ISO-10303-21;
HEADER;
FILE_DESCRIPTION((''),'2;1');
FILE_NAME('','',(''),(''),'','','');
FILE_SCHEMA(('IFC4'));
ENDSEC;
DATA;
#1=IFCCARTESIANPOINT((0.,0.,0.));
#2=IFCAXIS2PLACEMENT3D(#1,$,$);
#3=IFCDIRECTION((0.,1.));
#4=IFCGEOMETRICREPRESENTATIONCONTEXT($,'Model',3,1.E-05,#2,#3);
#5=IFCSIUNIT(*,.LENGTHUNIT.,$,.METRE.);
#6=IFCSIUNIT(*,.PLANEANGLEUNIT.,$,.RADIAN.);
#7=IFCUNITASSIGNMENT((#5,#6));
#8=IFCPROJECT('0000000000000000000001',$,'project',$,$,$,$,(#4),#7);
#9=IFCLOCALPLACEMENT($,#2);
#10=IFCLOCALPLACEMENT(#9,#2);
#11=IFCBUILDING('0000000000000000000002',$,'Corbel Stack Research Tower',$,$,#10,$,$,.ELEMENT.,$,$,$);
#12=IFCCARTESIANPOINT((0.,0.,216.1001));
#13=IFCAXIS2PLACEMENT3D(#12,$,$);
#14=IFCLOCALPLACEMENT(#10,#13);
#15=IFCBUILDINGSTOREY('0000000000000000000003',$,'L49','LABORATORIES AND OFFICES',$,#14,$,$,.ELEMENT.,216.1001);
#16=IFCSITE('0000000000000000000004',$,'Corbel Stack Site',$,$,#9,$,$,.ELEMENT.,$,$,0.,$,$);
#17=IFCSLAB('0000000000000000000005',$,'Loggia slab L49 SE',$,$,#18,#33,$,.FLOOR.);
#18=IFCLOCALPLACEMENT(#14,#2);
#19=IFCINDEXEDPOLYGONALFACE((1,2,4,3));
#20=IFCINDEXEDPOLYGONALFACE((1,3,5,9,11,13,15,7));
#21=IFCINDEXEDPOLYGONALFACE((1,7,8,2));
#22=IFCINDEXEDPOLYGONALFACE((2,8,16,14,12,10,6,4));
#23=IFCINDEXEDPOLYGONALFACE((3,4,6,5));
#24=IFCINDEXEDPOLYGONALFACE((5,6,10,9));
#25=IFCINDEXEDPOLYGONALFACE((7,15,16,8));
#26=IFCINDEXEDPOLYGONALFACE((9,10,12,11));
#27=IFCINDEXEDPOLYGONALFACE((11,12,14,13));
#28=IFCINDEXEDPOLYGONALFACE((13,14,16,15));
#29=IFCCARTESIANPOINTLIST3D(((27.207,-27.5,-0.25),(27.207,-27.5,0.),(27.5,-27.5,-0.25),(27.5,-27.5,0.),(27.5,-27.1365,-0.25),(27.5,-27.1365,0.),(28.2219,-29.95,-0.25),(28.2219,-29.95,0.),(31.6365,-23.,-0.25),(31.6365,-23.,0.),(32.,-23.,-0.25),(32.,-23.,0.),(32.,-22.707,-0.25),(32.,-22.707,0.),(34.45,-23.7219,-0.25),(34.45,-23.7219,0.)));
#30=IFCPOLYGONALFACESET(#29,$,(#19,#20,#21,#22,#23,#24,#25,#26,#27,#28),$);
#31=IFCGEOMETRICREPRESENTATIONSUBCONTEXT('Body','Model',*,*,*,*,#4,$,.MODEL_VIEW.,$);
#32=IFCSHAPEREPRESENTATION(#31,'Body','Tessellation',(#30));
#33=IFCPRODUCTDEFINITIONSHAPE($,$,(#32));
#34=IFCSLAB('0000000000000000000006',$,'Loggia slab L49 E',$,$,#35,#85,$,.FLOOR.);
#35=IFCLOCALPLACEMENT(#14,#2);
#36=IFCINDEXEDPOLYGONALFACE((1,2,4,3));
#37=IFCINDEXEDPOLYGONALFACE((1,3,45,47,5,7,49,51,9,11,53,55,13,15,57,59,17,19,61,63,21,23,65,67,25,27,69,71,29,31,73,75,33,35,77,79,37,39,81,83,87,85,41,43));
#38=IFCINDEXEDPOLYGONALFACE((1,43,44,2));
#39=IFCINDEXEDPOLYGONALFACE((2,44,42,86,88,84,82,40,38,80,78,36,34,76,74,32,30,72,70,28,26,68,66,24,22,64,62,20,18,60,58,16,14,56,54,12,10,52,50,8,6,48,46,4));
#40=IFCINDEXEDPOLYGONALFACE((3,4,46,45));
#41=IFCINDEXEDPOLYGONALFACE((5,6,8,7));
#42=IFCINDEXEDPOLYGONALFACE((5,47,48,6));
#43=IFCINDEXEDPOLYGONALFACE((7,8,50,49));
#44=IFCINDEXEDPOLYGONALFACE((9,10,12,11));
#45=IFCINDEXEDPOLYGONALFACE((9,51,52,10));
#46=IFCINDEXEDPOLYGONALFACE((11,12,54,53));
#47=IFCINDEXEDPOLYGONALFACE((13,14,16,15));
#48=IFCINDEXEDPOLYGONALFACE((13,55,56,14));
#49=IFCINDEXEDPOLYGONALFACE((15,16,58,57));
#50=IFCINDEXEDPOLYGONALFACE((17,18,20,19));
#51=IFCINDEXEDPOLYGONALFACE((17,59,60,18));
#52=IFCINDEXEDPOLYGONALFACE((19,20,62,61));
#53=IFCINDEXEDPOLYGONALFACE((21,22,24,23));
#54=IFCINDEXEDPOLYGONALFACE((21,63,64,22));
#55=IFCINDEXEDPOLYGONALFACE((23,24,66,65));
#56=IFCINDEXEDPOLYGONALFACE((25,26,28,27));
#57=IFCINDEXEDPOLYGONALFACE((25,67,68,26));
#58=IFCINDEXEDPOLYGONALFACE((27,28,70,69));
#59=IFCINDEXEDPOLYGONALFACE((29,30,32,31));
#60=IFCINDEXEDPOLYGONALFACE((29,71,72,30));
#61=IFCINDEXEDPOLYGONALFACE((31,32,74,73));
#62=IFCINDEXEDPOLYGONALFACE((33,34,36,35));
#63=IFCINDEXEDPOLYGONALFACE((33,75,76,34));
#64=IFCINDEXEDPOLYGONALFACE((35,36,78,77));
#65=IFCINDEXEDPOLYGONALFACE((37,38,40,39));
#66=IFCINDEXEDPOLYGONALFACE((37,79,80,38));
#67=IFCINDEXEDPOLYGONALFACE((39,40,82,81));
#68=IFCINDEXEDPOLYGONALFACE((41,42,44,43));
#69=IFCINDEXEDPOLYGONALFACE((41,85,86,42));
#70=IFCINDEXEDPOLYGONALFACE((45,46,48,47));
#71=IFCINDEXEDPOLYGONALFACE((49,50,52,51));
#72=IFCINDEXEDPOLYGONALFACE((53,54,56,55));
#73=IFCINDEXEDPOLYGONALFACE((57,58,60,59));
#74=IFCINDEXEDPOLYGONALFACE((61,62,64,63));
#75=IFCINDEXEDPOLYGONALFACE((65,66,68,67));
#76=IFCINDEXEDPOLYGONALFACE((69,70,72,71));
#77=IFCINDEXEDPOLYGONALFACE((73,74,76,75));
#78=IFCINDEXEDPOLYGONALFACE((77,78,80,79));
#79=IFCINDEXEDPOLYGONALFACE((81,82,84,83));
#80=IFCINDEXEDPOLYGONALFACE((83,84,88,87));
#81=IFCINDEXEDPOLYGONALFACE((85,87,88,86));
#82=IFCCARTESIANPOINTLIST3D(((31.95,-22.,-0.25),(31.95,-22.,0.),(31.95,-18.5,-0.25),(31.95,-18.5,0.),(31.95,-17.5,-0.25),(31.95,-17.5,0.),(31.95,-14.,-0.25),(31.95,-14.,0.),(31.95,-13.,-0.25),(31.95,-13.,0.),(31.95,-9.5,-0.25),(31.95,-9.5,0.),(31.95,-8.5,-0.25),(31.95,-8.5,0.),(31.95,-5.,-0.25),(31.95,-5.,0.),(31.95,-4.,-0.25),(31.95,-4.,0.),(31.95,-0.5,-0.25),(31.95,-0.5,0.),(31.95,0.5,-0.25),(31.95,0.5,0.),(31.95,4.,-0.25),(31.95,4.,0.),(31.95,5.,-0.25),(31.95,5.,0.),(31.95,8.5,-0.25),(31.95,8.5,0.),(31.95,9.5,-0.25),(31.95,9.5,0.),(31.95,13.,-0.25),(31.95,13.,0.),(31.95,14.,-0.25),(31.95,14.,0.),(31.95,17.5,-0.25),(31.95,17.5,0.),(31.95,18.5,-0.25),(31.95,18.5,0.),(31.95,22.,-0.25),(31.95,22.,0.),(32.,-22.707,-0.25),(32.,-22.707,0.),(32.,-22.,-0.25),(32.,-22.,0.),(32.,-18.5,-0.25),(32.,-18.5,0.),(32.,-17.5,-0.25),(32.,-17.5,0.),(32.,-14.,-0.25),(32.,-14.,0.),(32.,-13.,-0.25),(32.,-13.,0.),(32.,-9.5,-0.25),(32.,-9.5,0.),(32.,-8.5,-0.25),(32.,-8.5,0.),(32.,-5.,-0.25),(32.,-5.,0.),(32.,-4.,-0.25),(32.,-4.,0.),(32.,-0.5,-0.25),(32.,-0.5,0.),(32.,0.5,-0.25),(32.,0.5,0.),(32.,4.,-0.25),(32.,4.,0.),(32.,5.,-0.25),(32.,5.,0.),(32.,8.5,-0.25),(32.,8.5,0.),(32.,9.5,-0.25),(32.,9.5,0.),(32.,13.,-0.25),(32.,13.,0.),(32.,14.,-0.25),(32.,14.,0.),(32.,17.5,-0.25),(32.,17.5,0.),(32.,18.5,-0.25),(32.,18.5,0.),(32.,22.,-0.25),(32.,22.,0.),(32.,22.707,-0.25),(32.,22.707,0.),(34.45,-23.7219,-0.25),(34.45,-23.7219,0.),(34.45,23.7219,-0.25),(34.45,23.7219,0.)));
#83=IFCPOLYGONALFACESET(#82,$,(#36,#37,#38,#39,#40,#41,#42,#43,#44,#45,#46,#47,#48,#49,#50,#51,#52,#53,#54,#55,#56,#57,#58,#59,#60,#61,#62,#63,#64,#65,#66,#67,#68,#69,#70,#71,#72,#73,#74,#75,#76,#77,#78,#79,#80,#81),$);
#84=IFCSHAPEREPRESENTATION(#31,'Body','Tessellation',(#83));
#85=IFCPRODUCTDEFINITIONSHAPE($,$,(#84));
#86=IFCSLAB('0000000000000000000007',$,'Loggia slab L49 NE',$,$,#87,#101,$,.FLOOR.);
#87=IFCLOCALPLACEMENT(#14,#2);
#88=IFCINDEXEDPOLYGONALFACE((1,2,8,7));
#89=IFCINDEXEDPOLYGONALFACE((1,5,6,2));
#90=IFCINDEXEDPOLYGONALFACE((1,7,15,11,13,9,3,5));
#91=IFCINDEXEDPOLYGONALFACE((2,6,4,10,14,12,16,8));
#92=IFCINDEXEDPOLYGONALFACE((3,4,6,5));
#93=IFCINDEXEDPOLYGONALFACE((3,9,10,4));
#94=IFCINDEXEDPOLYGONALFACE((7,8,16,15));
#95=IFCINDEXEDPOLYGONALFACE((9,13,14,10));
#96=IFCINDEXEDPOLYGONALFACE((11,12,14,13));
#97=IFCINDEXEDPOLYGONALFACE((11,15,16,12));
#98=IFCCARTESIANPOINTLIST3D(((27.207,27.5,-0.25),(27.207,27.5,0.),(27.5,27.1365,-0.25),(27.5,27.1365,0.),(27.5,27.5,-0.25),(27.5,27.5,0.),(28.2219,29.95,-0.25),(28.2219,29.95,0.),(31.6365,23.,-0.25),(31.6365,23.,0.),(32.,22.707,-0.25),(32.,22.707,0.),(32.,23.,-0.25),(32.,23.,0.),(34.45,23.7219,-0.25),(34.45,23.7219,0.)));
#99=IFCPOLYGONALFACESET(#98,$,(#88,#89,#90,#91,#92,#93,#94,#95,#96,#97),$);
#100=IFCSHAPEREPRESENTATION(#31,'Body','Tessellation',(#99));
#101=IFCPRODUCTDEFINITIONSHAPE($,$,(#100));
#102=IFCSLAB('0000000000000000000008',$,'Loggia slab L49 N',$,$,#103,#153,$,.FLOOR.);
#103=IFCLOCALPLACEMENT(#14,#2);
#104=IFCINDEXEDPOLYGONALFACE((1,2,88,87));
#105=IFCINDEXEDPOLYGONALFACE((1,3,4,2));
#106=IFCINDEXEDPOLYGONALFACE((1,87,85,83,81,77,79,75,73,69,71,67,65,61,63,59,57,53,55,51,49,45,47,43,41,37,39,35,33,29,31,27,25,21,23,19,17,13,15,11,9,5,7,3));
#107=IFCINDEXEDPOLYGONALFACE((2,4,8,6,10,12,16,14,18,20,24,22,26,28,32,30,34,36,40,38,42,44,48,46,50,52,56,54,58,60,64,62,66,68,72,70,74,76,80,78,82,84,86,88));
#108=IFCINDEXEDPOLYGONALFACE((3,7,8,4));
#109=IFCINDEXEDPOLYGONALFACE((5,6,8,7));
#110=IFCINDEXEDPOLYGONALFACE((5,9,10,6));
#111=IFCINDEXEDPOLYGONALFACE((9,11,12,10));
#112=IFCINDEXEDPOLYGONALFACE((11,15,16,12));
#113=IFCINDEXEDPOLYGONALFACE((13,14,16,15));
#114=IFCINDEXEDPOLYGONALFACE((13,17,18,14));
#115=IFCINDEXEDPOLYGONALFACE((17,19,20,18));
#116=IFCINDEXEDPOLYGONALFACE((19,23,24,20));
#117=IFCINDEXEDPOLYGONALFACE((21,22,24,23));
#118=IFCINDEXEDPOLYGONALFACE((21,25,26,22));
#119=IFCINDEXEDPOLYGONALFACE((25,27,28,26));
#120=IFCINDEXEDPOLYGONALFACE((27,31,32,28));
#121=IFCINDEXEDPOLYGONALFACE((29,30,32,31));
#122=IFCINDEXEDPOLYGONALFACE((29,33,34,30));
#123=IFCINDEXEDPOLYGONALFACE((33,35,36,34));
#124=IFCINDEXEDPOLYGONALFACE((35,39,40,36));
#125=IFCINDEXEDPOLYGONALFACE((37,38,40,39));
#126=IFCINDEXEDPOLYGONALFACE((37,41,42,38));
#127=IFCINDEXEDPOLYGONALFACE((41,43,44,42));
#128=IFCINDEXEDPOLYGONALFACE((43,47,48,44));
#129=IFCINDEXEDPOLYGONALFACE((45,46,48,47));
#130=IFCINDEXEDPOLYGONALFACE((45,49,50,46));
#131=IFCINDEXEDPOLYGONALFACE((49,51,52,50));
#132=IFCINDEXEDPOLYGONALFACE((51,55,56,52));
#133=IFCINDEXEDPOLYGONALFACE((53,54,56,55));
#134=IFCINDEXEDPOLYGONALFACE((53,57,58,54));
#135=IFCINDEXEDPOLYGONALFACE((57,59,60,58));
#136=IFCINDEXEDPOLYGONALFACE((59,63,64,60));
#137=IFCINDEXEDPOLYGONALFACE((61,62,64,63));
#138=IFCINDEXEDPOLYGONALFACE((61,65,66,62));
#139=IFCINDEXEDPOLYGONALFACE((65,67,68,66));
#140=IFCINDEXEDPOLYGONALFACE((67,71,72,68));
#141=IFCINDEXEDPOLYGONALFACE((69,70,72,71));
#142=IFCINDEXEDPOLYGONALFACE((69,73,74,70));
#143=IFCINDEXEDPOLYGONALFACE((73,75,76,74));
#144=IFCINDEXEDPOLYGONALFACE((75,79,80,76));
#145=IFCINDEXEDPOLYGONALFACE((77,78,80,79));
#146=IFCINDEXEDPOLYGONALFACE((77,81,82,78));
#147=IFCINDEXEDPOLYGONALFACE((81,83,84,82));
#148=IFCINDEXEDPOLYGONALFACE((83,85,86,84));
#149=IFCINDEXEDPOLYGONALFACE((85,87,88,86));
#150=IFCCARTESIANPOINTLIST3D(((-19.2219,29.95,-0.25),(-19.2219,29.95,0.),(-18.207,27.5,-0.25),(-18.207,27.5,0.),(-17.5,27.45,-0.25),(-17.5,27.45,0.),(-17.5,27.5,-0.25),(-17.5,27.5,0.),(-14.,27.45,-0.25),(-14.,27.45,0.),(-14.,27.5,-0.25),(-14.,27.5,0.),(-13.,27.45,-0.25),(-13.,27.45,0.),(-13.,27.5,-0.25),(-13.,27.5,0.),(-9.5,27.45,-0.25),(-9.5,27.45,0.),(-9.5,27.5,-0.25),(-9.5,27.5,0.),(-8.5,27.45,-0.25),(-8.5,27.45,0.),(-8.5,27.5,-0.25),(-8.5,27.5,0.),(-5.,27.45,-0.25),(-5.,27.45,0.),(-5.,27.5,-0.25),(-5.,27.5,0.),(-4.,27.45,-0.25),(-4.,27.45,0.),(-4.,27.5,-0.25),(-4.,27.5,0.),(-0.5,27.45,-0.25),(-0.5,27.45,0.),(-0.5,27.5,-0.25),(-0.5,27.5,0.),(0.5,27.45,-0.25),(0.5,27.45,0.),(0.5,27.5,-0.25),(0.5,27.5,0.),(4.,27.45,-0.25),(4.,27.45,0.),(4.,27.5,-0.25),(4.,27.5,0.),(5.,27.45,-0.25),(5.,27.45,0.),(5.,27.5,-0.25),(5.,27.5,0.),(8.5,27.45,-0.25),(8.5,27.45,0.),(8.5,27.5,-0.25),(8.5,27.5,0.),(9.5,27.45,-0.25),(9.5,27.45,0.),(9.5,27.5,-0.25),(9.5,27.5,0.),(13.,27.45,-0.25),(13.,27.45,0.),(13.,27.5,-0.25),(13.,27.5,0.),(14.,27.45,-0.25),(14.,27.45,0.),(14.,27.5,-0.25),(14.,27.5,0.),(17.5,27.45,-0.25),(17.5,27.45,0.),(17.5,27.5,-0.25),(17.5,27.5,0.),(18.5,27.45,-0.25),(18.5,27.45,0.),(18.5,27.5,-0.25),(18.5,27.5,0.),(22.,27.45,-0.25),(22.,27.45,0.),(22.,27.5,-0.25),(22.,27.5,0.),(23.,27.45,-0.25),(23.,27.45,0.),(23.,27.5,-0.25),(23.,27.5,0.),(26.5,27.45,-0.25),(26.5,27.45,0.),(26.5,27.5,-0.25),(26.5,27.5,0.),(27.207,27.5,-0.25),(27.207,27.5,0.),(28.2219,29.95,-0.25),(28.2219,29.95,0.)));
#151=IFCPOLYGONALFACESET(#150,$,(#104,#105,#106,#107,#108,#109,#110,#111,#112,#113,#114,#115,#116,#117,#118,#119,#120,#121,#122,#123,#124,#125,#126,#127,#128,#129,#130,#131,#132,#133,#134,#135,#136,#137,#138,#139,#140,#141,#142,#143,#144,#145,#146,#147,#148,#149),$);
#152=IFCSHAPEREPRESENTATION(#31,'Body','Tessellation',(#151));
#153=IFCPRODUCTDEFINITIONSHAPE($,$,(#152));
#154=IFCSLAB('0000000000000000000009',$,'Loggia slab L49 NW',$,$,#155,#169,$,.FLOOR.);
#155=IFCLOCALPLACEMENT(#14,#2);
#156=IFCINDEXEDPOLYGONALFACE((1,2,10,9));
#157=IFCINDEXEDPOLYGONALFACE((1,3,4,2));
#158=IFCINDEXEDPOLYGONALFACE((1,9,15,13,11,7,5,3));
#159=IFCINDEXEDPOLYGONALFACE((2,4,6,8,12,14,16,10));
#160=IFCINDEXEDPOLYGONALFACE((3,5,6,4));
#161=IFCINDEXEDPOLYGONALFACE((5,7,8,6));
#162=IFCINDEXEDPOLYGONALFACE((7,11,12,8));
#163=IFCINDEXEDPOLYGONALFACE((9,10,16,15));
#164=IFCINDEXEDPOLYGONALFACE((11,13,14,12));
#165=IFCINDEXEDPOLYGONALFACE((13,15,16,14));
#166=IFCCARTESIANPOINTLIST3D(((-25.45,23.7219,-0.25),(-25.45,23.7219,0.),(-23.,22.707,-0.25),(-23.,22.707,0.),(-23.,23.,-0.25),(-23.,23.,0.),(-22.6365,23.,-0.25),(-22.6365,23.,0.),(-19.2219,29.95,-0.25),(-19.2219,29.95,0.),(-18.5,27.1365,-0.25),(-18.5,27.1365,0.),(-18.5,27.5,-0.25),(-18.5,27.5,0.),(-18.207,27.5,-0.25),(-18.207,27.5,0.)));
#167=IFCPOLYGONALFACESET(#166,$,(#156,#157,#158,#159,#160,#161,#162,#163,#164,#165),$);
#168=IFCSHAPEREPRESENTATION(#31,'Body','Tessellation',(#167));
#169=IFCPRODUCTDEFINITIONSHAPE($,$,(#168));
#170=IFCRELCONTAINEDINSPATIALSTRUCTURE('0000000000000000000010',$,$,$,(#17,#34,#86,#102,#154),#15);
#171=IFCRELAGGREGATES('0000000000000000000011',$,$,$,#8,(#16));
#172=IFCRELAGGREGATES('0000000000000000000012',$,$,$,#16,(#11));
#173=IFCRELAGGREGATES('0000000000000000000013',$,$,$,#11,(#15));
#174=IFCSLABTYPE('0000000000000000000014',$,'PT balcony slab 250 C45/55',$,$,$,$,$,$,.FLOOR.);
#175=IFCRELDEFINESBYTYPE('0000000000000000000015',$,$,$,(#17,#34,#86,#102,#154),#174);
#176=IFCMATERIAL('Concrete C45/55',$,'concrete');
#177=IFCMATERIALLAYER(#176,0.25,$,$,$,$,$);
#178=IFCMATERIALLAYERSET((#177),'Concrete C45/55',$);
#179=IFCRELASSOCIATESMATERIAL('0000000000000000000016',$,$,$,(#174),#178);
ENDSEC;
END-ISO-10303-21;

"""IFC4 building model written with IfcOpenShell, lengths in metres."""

from ifc_helpers import new_model, si_unit, direction, frame, origin, place, context, subcontext, project, spatial, polyline, outline, extrude, material, layer, layer_set, type_object, element, save


model = new_model("IFC4")

# Units and contexts
model_context = context("Model", 3, precision=1e-05, world=origin(), true_north=direction((0.0, 1.0)))
body_context = subcontext(model_context, "Body", "Model", "MODEL_VIEW")
ifc_project = project(units=[si_unit("LENGTHUNIT", "METRE"), si_unit("PLANEANGLEUNIT", "RADIAN")], contexts=[model_context])

# Site, building, storey
site_placement = place(None, origin())
site = spatial("IfcSite", under=ifc_project, at=site_placement, Name="Corbel Stack Site", CompositionType="ELEMENT", RefElevation=0.0)
building_placement = place(site_placement, origin())
building = spatial("IfcBuilding", under=site, at=building_placement, Name="Corbel Stack Research Tower", CompositionType="ELEMENT")
storey_placement = place(building_placement, frame((0.0, 0.0, 216.1001)))
storey = spatial("IfcBuildingStorey", under=building, at=storey_placement, Name="L49", Description="LABORATORIES AND OFFICES", CompositionType="ELEMENT", Elevation=216.1001)

# Slabs
ifc_material_1 = material(Name="Concrete C45/55", Category="concrete")
ifc_layer_1 = layer(ifc_material_1, 0.25)
ifc_layer_set_1 = layer_set([ifc_layer_1], Name="Concrete C45/55")
slab_type_1 = type_object("IfcSlabType", Name="PT balcony slab 250 C45/55", PredefinedType="FLOOR", material=ifc_layer_set_1)
slab_1_placement = place(storey_placement, frame((0.0, 0.0, -0.25)))
element("IfcSlab", 1, at=slab_1_placement, inside=storey, type_object=slab_type_1, Name="Loggia slab L49 SE", PredefinedType="FLOOR", context=body_context, shape_type="SweptSolid", body=[
    extrude(outline(polyline([(32.0, -22.707), (32.0, -23.0), (31.6365, -23.0), (27.5, -27.1365), (27.5, -27.5), (27.207, -27.5), (28.2219, -29.95), (34.45, -23.7219), (32.0, -22.707)])), origin(), (0.0, 0.0, 1.0), 0.25),
])
slab_2_placement = place(storey_placement, frame((0.0, 0.0, -0.25)))
element("IfcSlab", 2, at=slab_2_placement, inside=storey, type_object=slab_type_1, Name="Loggia slab L49 E", PredefinedType="FLOOR", context=body_context, shape_type="SweptSolid", body=[
    extrude(outline(polyline([(32.0, 22.707), (32.0, 22.0), (31.95, 22.0), (31.95, 18.5), (32.0, 18.5), (32.0, 17.5), (31.95, 17.5), (31.95, 14.0), (32.0, 14.0), (32.0, 13.0), (31.95, 13.0), (31.95, 9.5), (32.0, 9.5), (32.0, 8.5), (31.95, 8.5), (31.95, 5.0), (32.0, 5.0), (32.0, 4.0), (31.95, 4.0), (31.95, 0.5), (32.0, 0.5), (32.0, -0.5), (31.95, -0.5), (31.95, -4.0), (32.0, -4.0), (32.0, -5.0), (31.95, -5.0), (31.95, -8.5), (32.0, -8.5), (32.0, -9.5), (31.95, -9.5), (31.95, -13.0), (32.0, -13.0), (32.0, -14.0), (31.95, -14.0), (31.95, -17.5), (32.0, -17.5), (32.0, -18.5), (31.95, -18.5), (31.95, -22.0), (32.0, -22.0), (32.0, -22.707), (34.45, -23.7219), (34.45, 23.7219), (32.0, 22.707)])), origin(), (0.0, 0.0, 1.0), 0.25),
])
slab_3_placement = place(storey_placement, frame((0.0, 0.0, -0.25)))
element("IfcSlab", 3, at=slab_3_placement, inside=storey, type_object=slab_type_1, Name="Loggia slab L49 NE", PredefinedType="FLOOR", context=body_context, shape_type="SweptSolid", body=[
    extrude(outline(polyline([(27.207, 27.5), (27.5, 27.5), (27.5, 27.1365), (31.6365, 23.0), (32.0, 23.0), (32.0, 22.707), (34.45, 23.7219), (28.2219, 29.95), (27.207, 27.5)])), origin(), (0.0, 0.0, 1.0), 0.25),
])
slab_4_placement = place(storey_placement, frame((0.0, 0.0, -0.25)))
element("IfcSlab", 4, at=slab_4_placement, inside=storey, type_object=slab_type_1, Name="Loggia slab L49 N", PredefinedType="FLOOR", context=body_context, shape_type="SweptSolid", body=[
    extrude(outline(polyline([(-18.207, 27.5), (-17.5, 27.5), (-17.5, 27.45), (-14.0, 27.45), (-14.0, 27.5), (-13.0, 27.5), (-13.0, 27.45), (-9.5, 27.45), (-9.5, 27.5), (-8.5, 27.5), (-8.5, 27.45), (-5.0, 27.45), (-5.0, 27.5), (-4.0, 27.5), (-4.0, 27.45), (-0.5, 27.45), (-0.5, 27.5), (0.5, 27.5), (0.5, 27.45), (4.0, 27.45), (4.0, 27.5), (5.0, 27.5), (5.0, 27.45), (8.5, 27.45), (8.5, 27.5), (9.5, 27.5), (9.5, 27.45), (13.0, 27.45), (13.0, 27.5), (14.0, 27.5), (14.0, 27.45), (17.5, 27.45), (17.5, 27.5), (18.5, 27.5), (18.5, 27.45), (22.0, 27.45), (22.0, 27.5), (23.0, 27.5), (23.0, 27.45), (26.5, 27.45), (26.5, 27.5), (27.207, 27.5), (28.2219, 29.95), (-19.2219, 29.95), (-18.207, 27.5)])), origin(), (0.0, 0.0, 1.0), 0.25),
])
slab_5_placement = place(storey_placement, frame((0.0, 0.0, -0.25)))
element("IfcSlab", 5, at=slab_5_placement, inside=storey, type_object=slab_type_1, Name="Loggia slab L49 NW", PredefinedType="FLOOR", context=body_context, shape_type="SweptSolid", body=[
    extrude(outline(polyline([(-23.0, 22.707), (-23.0, 23.0), (-22.6365, 23.0), (-18.5, 27.1365), (-18.5, 27.5), (-18.207, 27.5), (-19.2219, 29.95), (-25.45, 23.7219), (-23.0, 22.707)])), origin(), (0.0, 0.0, 1.0), 0.25),
])

save(model, "model.ifc")
